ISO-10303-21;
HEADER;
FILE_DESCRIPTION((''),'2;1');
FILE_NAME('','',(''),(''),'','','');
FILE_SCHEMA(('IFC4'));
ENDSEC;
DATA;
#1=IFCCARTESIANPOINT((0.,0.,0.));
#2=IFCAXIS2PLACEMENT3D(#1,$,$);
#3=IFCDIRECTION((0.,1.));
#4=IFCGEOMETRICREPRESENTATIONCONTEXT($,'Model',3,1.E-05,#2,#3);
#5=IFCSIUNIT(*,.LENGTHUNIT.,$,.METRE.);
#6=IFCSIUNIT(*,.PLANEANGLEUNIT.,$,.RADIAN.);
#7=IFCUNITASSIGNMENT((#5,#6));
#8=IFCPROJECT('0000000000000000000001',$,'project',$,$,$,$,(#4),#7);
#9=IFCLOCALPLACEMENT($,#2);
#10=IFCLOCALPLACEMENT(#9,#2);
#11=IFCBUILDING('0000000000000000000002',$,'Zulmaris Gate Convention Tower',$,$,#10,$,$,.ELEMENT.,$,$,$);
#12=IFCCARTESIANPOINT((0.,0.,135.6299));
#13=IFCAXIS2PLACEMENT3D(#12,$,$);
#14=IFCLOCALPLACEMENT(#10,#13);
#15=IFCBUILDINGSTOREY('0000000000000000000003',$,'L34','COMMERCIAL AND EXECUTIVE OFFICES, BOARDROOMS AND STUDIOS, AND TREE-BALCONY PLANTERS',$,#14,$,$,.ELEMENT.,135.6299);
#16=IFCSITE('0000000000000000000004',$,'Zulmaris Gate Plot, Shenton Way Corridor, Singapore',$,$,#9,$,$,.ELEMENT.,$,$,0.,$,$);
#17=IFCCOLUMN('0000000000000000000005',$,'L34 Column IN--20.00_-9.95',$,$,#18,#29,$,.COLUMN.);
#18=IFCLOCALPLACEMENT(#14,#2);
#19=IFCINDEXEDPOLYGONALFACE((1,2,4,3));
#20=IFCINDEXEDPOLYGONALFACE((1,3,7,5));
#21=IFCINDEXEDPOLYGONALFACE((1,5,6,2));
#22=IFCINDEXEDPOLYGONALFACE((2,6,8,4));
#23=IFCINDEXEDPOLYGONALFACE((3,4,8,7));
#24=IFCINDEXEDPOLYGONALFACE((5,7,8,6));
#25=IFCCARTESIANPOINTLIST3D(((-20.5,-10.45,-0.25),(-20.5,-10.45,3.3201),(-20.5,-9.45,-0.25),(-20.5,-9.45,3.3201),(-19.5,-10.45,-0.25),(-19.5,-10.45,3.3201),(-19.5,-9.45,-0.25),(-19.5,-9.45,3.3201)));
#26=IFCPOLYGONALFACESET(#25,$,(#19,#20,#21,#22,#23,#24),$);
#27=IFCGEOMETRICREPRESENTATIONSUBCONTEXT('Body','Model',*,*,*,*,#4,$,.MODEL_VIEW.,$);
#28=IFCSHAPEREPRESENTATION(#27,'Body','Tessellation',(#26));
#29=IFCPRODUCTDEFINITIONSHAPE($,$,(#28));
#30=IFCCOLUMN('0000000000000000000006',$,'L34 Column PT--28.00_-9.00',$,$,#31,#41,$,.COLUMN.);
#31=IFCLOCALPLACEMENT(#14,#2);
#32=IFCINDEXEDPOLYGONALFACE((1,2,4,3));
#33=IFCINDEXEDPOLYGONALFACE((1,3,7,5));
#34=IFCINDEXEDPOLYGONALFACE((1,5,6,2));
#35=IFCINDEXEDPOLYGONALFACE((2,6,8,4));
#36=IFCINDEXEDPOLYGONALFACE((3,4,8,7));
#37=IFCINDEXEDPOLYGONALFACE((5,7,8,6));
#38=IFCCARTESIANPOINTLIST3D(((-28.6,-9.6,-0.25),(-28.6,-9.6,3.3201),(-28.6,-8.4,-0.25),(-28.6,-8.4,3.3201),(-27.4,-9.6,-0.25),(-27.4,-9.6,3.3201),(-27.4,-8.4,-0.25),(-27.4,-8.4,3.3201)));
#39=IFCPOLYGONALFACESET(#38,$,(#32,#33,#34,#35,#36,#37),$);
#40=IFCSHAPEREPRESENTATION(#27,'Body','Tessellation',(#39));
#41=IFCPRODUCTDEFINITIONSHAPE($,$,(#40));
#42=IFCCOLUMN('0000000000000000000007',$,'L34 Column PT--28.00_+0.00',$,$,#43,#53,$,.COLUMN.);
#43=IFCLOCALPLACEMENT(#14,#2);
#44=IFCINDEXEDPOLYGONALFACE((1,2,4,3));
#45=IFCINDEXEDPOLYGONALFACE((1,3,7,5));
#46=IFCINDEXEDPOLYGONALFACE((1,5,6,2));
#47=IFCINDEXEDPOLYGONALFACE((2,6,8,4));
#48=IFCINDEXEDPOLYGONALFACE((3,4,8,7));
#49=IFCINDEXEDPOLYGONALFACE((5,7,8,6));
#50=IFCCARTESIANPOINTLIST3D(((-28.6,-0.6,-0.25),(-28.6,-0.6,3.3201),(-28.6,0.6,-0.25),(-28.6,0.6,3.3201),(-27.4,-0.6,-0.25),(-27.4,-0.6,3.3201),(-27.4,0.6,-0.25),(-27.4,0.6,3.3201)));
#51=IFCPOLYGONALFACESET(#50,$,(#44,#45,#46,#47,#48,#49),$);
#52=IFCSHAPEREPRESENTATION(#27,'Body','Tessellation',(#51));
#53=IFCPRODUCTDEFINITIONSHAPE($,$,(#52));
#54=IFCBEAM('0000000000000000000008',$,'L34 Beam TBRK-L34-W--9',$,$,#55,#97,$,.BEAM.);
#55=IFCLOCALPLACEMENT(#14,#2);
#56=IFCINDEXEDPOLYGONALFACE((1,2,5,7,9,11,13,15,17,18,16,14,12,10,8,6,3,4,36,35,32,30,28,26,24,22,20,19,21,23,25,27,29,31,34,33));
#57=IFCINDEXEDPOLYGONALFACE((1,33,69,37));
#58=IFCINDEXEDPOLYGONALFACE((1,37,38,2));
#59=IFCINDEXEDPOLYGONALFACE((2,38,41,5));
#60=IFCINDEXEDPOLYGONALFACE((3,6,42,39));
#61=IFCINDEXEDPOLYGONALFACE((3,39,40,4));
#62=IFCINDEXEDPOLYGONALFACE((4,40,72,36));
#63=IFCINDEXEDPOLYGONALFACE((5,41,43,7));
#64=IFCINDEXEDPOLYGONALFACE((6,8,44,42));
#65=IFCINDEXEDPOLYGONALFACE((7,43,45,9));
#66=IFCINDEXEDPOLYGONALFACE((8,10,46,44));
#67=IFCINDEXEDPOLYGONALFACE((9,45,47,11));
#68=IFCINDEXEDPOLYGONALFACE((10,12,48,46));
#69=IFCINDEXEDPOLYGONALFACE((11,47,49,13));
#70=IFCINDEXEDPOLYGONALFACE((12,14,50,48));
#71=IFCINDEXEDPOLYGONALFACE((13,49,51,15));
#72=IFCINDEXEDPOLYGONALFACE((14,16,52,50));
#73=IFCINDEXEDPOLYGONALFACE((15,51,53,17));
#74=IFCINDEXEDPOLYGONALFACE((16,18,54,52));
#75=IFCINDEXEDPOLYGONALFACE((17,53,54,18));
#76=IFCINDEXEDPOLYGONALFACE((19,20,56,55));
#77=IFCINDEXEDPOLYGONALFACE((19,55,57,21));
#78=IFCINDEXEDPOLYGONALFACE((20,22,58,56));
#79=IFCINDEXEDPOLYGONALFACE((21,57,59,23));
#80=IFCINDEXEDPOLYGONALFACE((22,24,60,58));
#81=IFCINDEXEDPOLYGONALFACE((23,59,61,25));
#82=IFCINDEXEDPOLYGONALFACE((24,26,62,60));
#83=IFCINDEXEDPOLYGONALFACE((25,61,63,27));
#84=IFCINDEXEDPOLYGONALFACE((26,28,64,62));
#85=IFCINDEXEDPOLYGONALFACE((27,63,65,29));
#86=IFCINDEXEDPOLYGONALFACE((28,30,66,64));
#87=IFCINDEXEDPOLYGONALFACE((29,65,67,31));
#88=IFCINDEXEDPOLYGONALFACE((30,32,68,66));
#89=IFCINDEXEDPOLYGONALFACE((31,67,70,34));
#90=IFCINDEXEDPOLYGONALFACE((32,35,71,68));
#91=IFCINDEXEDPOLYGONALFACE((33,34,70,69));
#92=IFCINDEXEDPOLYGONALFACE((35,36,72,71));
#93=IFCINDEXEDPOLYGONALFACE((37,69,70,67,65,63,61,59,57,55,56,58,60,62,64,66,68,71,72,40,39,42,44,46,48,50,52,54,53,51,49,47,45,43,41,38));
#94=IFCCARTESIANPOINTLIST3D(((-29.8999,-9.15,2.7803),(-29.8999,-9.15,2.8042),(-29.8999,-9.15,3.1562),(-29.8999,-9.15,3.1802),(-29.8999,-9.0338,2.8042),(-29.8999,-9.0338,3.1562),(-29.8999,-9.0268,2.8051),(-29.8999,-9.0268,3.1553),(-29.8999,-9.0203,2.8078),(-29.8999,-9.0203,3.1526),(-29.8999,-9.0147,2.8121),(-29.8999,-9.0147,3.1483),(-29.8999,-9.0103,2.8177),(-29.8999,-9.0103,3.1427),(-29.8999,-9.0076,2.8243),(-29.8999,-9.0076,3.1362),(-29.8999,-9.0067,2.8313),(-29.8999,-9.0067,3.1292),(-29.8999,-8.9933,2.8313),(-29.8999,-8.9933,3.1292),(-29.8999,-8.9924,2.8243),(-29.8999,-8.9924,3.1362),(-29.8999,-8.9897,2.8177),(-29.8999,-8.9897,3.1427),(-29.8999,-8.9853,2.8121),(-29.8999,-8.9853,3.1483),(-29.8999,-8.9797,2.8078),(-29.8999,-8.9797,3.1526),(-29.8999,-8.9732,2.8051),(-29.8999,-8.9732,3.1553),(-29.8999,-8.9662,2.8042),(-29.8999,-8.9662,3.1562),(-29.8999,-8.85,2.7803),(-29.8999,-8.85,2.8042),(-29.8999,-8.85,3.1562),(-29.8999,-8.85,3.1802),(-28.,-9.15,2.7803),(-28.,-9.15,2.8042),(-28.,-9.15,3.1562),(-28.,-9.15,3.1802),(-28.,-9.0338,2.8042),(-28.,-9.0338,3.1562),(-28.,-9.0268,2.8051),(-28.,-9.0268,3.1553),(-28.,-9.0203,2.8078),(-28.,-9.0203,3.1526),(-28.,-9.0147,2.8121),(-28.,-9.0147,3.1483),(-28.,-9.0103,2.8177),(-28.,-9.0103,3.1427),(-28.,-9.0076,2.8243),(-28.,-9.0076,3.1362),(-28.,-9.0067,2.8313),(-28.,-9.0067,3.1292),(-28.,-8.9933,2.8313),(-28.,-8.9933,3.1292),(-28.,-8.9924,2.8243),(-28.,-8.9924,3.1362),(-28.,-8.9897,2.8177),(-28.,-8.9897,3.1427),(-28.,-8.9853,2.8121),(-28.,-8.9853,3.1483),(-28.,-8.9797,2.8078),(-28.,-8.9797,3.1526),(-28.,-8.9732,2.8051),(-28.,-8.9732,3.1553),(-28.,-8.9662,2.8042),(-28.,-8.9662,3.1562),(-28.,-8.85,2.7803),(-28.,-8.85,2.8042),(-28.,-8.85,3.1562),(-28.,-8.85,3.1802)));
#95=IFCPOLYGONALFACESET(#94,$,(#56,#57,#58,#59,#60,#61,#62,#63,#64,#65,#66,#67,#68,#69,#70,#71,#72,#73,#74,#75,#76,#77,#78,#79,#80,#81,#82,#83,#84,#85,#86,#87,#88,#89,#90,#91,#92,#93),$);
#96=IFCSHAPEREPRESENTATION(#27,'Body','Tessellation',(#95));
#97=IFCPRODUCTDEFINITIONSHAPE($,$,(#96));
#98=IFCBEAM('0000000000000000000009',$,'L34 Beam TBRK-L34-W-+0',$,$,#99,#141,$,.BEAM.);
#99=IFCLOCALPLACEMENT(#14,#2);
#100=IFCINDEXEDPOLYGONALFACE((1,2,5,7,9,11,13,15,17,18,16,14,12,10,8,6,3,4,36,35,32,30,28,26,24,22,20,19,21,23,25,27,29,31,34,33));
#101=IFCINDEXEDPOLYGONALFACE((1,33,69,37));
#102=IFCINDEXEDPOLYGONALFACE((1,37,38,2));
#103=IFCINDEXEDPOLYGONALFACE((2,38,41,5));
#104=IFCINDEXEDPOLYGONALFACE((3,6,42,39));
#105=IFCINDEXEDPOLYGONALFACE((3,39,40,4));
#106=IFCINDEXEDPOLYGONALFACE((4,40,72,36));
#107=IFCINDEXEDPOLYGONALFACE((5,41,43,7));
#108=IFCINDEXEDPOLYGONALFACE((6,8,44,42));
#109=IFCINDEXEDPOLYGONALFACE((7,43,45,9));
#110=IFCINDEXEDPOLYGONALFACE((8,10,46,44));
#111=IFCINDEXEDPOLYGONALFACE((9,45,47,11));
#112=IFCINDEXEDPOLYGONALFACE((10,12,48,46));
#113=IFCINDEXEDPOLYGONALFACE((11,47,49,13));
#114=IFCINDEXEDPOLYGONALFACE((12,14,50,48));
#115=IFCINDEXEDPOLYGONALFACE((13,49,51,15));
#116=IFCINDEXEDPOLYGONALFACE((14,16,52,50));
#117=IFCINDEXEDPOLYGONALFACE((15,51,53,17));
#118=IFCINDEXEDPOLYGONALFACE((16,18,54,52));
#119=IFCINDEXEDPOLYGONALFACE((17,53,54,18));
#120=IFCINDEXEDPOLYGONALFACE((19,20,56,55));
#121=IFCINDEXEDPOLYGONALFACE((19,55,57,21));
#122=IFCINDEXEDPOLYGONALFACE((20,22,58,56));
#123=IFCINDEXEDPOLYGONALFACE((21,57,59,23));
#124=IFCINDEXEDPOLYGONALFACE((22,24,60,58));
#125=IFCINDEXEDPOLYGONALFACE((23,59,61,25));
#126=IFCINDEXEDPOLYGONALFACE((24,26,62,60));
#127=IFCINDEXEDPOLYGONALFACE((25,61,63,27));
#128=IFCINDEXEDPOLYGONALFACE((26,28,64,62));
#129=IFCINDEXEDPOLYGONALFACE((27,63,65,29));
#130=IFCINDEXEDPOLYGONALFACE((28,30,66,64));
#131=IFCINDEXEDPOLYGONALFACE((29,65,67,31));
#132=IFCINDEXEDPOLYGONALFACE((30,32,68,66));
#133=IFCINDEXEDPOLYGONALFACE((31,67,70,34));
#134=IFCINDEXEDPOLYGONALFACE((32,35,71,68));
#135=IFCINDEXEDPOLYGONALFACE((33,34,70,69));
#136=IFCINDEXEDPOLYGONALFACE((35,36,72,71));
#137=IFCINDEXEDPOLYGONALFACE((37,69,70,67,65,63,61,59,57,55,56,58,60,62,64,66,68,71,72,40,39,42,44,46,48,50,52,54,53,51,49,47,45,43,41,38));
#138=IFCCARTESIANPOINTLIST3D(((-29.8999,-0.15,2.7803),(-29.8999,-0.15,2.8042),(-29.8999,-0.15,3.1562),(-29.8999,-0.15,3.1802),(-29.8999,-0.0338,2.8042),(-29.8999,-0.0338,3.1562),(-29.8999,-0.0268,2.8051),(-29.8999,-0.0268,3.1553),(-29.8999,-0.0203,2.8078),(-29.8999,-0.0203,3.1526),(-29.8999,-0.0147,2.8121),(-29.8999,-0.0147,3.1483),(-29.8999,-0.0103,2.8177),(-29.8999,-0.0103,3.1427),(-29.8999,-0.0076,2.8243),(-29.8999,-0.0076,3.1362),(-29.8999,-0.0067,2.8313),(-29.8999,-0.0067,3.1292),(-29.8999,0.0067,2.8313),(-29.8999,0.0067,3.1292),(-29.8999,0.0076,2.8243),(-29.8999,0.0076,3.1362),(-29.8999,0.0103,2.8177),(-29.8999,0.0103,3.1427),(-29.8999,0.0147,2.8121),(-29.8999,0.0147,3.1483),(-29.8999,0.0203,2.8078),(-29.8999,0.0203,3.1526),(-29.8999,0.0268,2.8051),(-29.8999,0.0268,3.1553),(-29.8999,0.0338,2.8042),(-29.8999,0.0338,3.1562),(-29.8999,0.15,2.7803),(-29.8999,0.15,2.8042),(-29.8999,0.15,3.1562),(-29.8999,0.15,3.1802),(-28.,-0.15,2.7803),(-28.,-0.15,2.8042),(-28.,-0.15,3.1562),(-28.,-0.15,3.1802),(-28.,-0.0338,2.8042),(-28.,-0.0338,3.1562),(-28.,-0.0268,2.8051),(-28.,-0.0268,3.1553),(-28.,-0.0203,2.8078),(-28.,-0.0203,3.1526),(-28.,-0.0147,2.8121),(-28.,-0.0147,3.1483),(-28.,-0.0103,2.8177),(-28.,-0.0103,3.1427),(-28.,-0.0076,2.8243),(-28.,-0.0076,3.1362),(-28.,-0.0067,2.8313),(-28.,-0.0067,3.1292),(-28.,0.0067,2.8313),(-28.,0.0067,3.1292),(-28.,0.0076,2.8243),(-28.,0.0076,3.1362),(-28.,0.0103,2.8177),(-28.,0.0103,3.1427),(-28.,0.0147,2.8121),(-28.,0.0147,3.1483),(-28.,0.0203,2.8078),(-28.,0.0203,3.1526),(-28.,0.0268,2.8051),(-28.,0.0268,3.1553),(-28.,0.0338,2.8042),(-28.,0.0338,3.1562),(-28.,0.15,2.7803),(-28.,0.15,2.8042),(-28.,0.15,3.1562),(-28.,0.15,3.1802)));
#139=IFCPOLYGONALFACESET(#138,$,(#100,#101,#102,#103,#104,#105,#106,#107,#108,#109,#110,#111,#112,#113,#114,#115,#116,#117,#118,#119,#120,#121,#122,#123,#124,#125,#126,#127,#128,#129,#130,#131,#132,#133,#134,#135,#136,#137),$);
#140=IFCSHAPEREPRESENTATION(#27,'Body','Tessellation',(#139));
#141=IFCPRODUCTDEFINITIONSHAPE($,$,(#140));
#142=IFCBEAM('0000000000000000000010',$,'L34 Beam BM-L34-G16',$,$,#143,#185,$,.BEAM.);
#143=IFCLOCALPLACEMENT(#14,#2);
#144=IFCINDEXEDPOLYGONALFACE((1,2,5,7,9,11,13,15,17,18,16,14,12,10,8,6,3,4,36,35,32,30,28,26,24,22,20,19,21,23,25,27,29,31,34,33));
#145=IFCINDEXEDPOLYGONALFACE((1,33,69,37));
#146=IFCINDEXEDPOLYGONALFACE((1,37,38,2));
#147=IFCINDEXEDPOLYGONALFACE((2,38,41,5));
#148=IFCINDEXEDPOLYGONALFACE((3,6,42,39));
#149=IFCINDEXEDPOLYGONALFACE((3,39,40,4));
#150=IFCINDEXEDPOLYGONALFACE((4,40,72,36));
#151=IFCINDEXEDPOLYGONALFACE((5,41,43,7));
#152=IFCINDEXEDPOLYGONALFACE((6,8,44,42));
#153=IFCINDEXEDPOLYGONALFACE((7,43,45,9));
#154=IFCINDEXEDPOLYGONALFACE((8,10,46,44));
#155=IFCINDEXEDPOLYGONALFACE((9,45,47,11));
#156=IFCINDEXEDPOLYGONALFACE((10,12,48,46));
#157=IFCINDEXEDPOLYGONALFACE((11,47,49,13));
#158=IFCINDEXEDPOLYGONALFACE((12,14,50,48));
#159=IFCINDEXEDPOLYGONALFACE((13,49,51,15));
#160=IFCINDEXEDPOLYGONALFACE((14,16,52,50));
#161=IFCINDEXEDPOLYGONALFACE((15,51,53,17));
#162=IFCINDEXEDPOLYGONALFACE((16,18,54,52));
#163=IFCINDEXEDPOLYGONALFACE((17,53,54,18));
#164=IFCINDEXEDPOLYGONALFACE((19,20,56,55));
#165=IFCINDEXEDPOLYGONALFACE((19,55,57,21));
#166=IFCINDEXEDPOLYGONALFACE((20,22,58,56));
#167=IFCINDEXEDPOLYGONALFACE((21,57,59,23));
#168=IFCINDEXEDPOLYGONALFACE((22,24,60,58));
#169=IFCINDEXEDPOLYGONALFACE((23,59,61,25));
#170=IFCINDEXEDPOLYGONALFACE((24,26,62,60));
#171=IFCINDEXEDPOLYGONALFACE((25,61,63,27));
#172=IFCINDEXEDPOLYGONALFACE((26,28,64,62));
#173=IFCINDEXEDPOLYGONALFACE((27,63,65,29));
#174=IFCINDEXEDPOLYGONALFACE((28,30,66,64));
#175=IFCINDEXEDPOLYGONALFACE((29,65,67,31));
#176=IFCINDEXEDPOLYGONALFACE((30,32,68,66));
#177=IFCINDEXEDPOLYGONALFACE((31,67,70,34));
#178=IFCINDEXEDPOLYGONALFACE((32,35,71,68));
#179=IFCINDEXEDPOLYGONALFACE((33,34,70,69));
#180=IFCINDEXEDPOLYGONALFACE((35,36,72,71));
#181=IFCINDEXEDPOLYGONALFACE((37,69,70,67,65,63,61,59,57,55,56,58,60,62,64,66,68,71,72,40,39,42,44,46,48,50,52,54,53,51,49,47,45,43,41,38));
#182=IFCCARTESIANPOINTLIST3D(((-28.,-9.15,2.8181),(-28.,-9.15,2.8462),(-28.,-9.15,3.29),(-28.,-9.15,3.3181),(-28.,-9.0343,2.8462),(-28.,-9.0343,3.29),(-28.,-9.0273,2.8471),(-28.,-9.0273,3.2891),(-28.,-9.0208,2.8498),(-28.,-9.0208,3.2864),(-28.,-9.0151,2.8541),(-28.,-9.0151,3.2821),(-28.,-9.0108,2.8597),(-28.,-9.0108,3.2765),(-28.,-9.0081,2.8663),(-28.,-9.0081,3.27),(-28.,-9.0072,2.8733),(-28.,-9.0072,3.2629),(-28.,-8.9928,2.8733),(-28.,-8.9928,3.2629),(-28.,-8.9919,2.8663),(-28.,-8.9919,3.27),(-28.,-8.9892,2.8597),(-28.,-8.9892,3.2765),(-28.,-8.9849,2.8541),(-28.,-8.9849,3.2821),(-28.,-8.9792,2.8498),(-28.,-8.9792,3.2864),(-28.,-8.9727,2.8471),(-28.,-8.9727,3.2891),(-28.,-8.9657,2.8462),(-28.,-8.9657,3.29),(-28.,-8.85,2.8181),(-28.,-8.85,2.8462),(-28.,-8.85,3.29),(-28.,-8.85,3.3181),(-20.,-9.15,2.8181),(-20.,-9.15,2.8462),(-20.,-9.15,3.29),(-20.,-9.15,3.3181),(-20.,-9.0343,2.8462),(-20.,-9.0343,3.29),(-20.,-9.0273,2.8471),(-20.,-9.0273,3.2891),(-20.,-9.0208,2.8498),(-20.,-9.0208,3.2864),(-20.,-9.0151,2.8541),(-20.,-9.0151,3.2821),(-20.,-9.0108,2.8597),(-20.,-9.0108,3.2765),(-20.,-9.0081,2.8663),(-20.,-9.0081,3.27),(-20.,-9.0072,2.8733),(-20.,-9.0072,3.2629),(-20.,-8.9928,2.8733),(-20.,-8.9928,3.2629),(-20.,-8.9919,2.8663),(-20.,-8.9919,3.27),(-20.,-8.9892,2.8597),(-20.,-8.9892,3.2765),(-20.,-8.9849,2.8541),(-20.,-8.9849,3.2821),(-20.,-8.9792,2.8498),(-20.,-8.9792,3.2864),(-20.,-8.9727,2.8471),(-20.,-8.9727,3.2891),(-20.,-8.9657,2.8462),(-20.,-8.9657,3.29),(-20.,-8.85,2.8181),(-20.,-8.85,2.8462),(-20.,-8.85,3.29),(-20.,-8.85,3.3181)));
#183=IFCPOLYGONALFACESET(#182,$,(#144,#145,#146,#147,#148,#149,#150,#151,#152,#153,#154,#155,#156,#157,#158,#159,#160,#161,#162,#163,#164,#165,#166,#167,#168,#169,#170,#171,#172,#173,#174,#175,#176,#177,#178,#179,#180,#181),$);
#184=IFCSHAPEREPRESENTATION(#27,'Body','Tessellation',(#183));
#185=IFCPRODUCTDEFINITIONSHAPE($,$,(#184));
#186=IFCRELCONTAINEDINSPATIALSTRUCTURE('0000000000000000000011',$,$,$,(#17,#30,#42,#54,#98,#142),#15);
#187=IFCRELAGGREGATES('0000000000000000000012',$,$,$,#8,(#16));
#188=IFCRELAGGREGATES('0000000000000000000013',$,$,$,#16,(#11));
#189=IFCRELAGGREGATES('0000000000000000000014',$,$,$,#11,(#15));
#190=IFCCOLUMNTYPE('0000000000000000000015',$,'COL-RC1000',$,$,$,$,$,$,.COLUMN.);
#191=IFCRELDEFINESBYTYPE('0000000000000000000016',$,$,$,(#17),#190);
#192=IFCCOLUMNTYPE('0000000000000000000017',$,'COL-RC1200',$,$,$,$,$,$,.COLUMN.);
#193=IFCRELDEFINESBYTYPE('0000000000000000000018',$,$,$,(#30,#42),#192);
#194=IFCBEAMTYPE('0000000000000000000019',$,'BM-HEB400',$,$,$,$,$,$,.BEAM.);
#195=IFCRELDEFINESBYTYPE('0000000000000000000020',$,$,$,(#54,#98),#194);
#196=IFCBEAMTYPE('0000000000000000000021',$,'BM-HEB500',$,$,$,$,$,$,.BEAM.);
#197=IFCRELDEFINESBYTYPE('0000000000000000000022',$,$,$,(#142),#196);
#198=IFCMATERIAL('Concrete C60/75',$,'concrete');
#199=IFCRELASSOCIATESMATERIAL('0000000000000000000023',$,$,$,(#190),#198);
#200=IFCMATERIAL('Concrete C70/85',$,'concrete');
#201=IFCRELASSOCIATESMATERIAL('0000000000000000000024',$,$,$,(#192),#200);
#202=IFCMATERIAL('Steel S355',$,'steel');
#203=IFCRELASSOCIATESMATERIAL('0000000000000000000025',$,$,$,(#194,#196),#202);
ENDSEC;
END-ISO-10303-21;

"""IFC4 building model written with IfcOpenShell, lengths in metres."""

from ifc_helpers import new_model, si_unit, direction, frame, origin, origin_2d, place, context, subcontext, project, spatial, rectangle, i_section, extrude, material, material_profile, profile_set, type_object, element, save


model = new_model("IFC4")

# Units and contexts
model_context = context("Model", 3, precision=1e-05, world=origin(), true_north=direction((0.0, 1.0)))
body_context = subcontext(model_context, "Body", "Model", "MODEL_VIEW")
ifc_project = project(units=[si_unit("LENGTHUNIT", "METRE"), si_unit("PLANEANGLEUNIT", "RADIAN")], contexts=[model_context])

# Site, building, storey
site_placement = place(None, origin())
site = spatial("IfcSite", under=ifc_project, at=site_placement, Name="Zulmaris Gate Plot, Shenton Way Corridor, Singapore", CompositionType="ELEMENT", RefElevation=0.0)
building_placement = place(site_placement, origin())
building = spatial("IfcBuilding", under=site, at=building_placement, Name="Zulmaris Gate Convention Tower", CompositionType="ELEMENT")
storey_placement = place(building_placement, frame((0.0, 0.0, 135.6299)))
storey = spatial("IfcBuildingStorey", under=building, at=storey_placement, Name="L34", Description="COMMERCIAL AND EXECUTIVE OFFICES, BOARDROOMS AND STUDIOS, AND TREE-BALCONY PLANTERS", CompositionType="ELEMENT", Elevation=135.6299)

# Columns
ifc_material_1 = material(Name="Concrete C60/75", Category="concrete")
ifc_material_profile_1 = material_profile(ifc_material_1, rectangle(XDim=1.0, YDim=1.0, at=origin_2d()), Name="RC COL 1000x1000")
ifc_profile_set_1 = profile_set([ifc_material_profile_1], Name="Concrete C60/75")
column_type_1 = type_object("IfcColumnType", Name="COL-RC1000", PredefinedType="COLUMN", material=ifc_profile_set_1)
column_placement = place(storey_placement, frame((-20.0, -9.95, -0.25), z_axis=(0.0, 0.0, 1.0), x_axis=(1.0, 0.0, 0.0)))
element("IfcColumn", 1, at=column_placement, inside=storey, type_object=column_type_1, Name="L34 Column IN--20.00_-9.95", PredefinedType="COLUMN", context=body_context, shape_type="SweptSolid", body=[
    extrude(rectangle(XDim=1.0, YDim=1.0, at=origin_2d()), origin(), (0.0, 0.0, 1.0), 3.5701),
])
ifc_material_2 = material(Name="Concrete C70/85", Category="concrete")
ifc_material_profile_2 = material_profile(ifc_material_2, rectangle(XDim=1.2, YDim=1.2, at=origin_2d()), Name="RC COL 1200x1200")
ifc_profile_set_2 = profile_set([ifc_material_profile_2], Name="Concrete C70/85")
column_type_2 = type_object("IfcColumnType", Name="COL-RC1200", PredefinedType="COLUMN", material=ifc_profile_set_2)
for number, where, z_axis, x_axis, name in (
    (2, (-28.0, -9.0, -0.25), (0.0, 0.0, 1.0), (1.0, 0.0, 0.0), "L34 Column PT--28.00_-9.00"),
    (3, (-28.0, 0.0, -0.25), (0.0, 0.0, 1.0), (1.0, 0.0, 0.0), "L34 Column PT--28.00_+0.00"),
):
    element("IfcColumn", number, at=place(storey_placement, frame(where, z_axis=z_axis, x_axis=x_axis)), inside=storey, type_object=column_type_2, Name=name, PredefinedType="COLUMN", context=body_context, shape_type="SweptSolid", body=[
        extrude(rectangle(XDim=1.2, YDim=1.2, at=origin_2d()), origin(), (0.0, 0.0, 1.0), 3.5701),
    ])

# Beams
ifc_material_3 = material(Name="Steel S355", Category="steel")
ifc_material_profile_3 = material_profile(ifc_material_3, i_section(OverallWidth=0.3, OverallDepth=0.3999, WebThickness=0.0134, FlangeThickness=0.0239, FilletRadius=0.0271, at=origin_2d()), Name="HEB 400")
ifc_profile_set_3 = profile_set([ifc_material_profile_3], Name="Steel S355")
beam_type_1 = type_object("IfcBeamType", Name="BM-HEB400", PredefinedType="BEAM", material=ifc_profile_set_3)
for number, where, z_axis, x_axis, name in (
    (4, (-29.8999, -9.0, 2.9802), (1.0, 0.0, 0.0), (0.0, 1.0, 0.0), "L34 Beam TBRK-L34-W--9"),
    (5, (-29.8999, 0.0, 2.9802), (1.0, 0.0, 0.0), (0.0, 1.0, 0.0), "L34 Beam TBRK-L34-W-+0"),
):
    element("IfcBeam", number, at=place(storey_placement, frame(where, z_axis=z_axis, x_axis=x_axis)), inside=storey, type_object=beam_type_1, Name=name, PredefinedType="BEAM", context=body_context, shape_type="SweptSolid", body=[
        extrude(i_section(OverallWidth=0.3, OverallDepth=0.3999, WebThickness=0.0134, FlangeThickness=0.0239, FilletRadius=0.0271, at=origin_2d()), origin(), (0.0, 0.0, 1.0), 1.8999),
    ])
ifc_material_profile_4 = material_profile(ifc_material_3, i_section(OverallWidth=0.3, OverallDepth=0.5, WebThickness=0.0144, FlangeThickness=0.0281, FilletRadius=0.0271, at=origin_2d()), Name="HEB 500")
ifc_profile_set_4 = profile_set([ifc_material_profile_4], Name="Steel S355")
beam_type_2 = type_object("IfcBeamType", Name="BM-HEB500", PredefinedType="BEAM", material=ifc_profile_set_4)
for number, where, z_axis, x_axis, name in (
    (6, (-28.0, -9.0, 3.0681), (1.0, 0.0, 0.0), (0.0, 1.0, 0.0), "L34 Beam BM-L34-G16"),
):
    element("IfcBeam", number, at=place(storey_placement, frame(where, z_axis=z_axis, x_axis=x_axis)), inside=storey, type_object=beam_type_2, Name=name, PredefinedType="BEAM", context=body_context, shape_type="SweptSolid", body=[
        extrude(i_section(OverallWidth=0.3, OverallDepth=0.5, WebThickness=0.0144, FlangeThickness=0.0281, FilletRadius=0.0271, at=origin_2d()), origin(), (0.0, 0.0, 1.0), 8.0),
    ])

save(model, "model.ifc")
